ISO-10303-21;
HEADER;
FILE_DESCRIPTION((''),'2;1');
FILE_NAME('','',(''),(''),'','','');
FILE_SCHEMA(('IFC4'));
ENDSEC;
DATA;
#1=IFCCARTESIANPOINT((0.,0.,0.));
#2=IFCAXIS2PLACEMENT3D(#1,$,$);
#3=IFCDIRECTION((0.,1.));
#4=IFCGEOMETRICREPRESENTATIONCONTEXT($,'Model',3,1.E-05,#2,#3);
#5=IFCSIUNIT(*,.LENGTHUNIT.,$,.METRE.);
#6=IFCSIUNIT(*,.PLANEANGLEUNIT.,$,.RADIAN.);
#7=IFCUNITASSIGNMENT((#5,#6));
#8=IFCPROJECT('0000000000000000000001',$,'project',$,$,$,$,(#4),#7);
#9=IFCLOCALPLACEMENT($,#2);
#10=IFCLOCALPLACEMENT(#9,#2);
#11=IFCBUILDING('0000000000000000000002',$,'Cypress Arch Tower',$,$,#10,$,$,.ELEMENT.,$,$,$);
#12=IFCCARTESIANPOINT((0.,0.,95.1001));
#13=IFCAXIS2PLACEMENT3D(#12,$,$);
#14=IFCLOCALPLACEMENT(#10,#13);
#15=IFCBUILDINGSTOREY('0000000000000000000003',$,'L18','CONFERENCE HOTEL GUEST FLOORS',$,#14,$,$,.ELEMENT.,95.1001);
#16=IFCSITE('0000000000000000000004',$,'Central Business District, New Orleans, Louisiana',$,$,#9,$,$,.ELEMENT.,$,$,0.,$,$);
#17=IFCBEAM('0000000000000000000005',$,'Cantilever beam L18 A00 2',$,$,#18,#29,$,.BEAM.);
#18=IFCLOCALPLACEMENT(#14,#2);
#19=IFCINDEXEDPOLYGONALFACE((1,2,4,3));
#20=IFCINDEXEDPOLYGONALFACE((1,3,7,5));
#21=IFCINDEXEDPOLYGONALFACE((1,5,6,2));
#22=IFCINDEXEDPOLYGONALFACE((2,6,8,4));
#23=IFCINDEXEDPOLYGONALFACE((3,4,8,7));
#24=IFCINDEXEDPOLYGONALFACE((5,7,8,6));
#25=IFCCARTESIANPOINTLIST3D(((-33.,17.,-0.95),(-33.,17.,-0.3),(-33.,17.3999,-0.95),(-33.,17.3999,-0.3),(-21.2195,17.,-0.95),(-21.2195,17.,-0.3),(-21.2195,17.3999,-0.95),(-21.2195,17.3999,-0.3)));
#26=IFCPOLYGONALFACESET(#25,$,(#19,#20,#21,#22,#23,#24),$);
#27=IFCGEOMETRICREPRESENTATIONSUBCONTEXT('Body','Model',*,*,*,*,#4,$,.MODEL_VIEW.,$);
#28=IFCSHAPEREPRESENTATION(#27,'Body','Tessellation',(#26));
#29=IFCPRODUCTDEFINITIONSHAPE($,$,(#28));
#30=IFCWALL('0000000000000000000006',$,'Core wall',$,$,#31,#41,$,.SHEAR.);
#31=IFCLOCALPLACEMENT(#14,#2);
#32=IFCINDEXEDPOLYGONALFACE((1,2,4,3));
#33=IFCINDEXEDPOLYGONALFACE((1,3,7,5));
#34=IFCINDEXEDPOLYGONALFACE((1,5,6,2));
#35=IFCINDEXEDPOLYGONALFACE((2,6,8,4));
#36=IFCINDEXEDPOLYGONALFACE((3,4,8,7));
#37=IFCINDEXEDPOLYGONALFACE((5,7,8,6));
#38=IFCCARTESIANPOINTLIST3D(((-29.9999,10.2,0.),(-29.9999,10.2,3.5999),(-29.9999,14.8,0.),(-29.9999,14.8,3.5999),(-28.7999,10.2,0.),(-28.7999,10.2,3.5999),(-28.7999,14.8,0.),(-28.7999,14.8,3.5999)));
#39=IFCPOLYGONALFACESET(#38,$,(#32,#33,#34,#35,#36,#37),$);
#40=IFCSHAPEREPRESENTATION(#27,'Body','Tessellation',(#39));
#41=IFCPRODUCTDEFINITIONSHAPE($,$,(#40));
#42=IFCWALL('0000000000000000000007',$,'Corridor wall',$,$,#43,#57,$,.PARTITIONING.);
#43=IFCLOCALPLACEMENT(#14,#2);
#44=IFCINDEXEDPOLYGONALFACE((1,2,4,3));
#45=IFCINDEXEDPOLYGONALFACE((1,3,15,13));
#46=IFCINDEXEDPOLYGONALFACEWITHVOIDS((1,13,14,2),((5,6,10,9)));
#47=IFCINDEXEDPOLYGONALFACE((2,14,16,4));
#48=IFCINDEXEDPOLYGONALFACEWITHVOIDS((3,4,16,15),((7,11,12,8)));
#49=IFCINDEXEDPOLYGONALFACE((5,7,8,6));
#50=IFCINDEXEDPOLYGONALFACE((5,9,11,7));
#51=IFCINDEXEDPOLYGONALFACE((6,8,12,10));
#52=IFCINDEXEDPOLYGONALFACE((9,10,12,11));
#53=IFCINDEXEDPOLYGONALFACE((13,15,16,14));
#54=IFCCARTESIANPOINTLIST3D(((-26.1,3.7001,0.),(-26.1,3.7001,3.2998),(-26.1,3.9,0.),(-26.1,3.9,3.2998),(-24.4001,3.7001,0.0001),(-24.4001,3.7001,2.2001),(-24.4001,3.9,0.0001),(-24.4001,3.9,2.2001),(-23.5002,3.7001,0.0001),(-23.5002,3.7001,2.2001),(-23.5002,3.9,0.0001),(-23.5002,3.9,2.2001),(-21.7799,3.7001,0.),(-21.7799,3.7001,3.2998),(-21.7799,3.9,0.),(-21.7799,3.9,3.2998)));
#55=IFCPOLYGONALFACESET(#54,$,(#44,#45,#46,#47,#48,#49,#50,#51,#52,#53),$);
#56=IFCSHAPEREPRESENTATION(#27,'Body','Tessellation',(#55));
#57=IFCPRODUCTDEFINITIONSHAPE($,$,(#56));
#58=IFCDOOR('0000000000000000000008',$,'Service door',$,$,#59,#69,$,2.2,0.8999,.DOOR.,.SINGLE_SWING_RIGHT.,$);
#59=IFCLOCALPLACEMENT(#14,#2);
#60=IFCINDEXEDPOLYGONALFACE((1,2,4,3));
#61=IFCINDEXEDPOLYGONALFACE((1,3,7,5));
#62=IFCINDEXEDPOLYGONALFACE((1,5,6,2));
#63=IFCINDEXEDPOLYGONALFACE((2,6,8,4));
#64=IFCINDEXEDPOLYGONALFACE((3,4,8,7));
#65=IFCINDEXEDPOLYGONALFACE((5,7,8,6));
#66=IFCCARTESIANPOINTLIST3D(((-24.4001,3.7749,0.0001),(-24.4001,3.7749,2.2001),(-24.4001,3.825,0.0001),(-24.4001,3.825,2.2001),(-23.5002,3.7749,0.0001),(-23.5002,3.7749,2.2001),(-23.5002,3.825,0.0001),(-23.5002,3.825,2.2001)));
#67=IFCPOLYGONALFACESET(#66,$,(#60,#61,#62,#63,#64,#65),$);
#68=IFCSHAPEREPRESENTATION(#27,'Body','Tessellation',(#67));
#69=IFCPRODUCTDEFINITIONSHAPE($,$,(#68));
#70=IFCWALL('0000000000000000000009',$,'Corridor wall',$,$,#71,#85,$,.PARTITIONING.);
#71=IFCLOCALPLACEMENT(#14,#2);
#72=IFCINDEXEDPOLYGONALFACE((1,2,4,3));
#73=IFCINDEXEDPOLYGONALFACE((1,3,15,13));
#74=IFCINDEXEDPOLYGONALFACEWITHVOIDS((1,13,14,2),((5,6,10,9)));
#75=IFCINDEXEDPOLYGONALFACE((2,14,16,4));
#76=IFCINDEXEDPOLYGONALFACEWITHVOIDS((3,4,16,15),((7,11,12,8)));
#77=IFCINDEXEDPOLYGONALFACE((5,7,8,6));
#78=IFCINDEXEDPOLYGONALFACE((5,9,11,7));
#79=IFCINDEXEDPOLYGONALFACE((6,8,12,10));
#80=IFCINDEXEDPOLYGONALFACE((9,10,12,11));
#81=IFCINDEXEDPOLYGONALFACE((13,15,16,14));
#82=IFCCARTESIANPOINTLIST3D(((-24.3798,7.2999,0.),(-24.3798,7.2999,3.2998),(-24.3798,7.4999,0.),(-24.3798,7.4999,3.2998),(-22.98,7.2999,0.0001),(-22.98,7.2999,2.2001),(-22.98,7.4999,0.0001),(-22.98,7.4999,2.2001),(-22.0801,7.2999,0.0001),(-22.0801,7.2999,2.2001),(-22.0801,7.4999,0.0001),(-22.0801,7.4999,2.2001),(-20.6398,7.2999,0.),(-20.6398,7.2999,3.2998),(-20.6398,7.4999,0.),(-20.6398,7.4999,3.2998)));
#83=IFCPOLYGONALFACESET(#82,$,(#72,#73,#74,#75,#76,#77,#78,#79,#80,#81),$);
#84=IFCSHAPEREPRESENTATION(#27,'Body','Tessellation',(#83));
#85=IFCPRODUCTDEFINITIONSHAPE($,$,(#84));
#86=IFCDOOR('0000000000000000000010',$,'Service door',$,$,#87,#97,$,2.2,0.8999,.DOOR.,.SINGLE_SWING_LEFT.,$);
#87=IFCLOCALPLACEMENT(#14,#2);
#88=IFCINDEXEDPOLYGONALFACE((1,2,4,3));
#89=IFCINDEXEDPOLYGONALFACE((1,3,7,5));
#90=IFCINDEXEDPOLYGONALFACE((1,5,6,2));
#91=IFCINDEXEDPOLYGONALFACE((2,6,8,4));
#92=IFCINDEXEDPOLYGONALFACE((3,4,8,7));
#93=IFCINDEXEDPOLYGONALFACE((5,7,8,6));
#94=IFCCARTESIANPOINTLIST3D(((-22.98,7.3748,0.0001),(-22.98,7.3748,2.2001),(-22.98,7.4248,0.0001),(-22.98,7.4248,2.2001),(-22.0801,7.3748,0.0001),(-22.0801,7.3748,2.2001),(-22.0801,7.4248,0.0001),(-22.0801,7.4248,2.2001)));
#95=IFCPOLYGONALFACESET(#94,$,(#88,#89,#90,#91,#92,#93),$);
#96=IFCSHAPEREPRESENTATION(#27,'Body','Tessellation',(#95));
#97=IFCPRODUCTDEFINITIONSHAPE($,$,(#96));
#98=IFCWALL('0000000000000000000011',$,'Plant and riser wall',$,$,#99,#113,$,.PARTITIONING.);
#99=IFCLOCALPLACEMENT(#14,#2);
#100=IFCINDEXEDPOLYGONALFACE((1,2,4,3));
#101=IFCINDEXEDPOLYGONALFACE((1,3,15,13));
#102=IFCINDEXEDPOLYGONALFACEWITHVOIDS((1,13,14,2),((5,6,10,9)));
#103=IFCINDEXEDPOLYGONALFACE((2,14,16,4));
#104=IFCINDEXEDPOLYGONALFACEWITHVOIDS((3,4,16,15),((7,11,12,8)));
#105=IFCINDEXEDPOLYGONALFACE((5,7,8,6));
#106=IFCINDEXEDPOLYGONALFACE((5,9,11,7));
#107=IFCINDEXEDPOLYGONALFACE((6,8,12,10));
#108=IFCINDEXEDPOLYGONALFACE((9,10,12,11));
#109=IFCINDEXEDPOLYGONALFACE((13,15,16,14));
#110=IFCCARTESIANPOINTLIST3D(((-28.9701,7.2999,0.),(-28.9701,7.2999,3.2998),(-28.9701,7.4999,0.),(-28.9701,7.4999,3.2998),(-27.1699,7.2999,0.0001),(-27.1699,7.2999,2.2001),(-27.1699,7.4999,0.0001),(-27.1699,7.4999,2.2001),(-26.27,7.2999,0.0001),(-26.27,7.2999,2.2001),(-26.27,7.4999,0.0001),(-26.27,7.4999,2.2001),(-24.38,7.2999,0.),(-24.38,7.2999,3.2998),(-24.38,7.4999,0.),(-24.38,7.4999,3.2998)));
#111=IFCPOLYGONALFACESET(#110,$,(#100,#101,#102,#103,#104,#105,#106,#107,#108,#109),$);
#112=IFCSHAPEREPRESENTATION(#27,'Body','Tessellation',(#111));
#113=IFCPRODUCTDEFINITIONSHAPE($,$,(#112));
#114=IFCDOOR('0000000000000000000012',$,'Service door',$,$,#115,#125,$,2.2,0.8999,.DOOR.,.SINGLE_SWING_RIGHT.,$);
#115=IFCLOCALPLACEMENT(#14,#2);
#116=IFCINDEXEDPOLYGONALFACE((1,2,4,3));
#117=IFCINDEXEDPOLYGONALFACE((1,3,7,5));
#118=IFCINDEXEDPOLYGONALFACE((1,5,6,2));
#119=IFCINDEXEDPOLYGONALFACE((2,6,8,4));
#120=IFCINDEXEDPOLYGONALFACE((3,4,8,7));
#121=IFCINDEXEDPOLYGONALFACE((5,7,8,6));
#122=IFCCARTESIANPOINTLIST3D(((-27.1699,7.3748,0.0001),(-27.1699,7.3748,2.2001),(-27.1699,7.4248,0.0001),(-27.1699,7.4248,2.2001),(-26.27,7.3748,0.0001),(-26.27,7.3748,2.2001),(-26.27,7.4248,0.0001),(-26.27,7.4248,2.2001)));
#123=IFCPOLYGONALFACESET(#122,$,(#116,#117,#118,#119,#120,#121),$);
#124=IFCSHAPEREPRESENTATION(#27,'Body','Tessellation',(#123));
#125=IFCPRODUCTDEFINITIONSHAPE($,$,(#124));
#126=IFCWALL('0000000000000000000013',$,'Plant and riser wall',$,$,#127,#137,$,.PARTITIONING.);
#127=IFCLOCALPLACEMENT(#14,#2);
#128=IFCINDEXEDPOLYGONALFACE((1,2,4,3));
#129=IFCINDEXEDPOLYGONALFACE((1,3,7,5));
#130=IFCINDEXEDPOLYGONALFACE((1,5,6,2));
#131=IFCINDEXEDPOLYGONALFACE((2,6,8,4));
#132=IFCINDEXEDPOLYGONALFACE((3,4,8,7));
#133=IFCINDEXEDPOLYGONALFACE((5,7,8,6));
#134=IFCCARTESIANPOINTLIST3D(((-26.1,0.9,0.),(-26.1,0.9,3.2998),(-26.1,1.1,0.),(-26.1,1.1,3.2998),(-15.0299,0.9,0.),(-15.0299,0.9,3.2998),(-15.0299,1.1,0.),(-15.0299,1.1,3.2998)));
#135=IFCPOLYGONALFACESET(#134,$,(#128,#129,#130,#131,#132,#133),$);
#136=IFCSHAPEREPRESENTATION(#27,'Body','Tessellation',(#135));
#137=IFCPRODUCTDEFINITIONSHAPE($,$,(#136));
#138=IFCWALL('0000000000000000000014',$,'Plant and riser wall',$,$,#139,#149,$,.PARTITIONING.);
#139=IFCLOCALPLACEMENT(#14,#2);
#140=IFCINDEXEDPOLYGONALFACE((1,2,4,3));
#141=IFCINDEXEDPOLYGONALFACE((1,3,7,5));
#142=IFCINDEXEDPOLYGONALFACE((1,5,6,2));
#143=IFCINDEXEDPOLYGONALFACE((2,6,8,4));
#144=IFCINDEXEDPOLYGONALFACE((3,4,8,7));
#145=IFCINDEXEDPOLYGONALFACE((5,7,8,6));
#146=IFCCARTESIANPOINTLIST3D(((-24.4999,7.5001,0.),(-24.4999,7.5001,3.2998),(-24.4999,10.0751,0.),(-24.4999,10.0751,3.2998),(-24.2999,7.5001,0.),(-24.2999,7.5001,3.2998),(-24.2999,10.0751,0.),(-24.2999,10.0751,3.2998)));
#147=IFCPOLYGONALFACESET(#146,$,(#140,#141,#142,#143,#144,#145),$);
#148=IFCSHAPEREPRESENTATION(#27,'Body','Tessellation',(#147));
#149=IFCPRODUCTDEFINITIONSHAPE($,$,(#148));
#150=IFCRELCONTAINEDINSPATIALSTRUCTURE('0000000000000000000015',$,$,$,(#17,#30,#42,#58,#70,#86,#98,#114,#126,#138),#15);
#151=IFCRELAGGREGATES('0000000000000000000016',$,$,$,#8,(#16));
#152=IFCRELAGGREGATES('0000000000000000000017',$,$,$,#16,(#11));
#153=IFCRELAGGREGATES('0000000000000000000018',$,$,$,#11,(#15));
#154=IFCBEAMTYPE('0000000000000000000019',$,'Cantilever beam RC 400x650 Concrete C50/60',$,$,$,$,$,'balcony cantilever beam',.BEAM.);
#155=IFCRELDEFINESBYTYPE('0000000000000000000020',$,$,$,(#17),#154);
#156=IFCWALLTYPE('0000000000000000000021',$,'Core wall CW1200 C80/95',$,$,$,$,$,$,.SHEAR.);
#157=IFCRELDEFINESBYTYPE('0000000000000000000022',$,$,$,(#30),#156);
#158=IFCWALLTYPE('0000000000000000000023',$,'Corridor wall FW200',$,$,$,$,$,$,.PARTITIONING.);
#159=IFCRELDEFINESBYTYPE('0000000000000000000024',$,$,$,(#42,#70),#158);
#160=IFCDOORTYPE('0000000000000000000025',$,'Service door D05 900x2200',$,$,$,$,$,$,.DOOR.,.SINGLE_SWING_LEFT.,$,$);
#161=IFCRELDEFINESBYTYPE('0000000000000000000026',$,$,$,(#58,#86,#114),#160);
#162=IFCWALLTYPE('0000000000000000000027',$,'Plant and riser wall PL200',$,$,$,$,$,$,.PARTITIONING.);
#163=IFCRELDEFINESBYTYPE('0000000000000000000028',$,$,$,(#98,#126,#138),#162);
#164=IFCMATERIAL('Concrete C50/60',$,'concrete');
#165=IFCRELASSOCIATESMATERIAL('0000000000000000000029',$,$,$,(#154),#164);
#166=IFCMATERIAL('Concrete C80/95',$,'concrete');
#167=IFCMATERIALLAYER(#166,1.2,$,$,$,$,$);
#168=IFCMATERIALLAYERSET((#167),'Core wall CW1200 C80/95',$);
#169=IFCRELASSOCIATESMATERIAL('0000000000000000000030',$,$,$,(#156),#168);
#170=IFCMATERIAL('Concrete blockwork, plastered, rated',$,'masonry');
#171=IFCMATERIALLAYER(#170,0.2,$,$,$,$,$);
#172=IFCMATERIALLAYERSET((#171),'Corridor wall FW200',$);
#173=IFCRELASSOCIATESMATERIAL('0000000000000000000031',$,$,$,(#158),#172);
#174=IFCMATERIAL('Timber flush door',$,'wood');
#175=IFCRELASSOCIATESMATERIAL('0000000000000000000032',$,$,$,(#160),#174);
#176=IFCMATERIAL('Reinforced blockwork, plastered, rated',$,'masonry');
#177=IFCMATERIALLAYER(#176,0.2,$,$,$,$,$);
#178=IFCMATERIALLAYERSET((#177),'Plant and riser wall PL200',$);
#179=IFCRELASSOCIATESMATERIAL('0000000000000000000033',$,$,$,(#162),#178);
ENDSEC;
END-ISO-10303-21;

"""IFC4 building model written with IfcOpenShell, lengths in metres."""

from ifc_helpers import new_model, si_unit, direction, frame, frame_2d, origin, origin_2d, place, context, subcontext, project, spatial, rectangle, extrude, material, layer, layer_set, material_profile, profile_set, type_object, element, fill, save


model = new_model("IFC4")

# Units and contexts
model_context = context("Model", 3, precision=1e-05, world=origin(), true_north=direction((0.0, 1.0)))
body_context = subcontext(model_context, "Body", "Model", "MODEL_VIEW")
ifc_project = project(units=[si_unit("LENGTHUNIT", "METRE"), si_unit("PLANEANGLEUNIT", "RADIAN")], contexts=[model_context])

# Site, building, storey
site_placement = place(None, origin())
site = spatial("IfcSite", under=ifc_project, at=site_placement, Name="Central Business District, New Orleans, Louisiana", CompositionType="ELEMENT", RefElevation=0.0)
building_placement = place(site_placement, origin())
building = spatial("IfcBuilding", under=site, at=building_placement, Name="Cypress Arch Tower", CompositionType="ELEMENT")
storey_placement = place(building_placement, frame((0.0, 0.0, 95.1001)))
storey = spatial("IfcBuildingStorey", under=building, at=storey_placement, Name="L18", Description="CONFERENCE HOTEL GUEST FLOORS", CompositionType="ELEMENT", Elevation=95.1001)

# Beam
ifc_material_1 = material(Name="Concrete C50/60", Category="concrete")
ifc_material_profile = material_profile(ifc_material_1, rectangle(XDim=0.3999, YDim=0.6499, at=origin_2d()), Name="RC 400x650")
ifc_profile_set = profile_set([ifc_material_profile], Name="Concrete C50/60")
beam_type = type_object("IfcBeamType", Name="Cantilever beam RC 400x650 Concrete C50/60", ElementType="balcony cantilever beam", PredefinedType="BEAM", material=ifc_profile_set)
beam_placement = place(storey_placement, frame((-21.2195, 17.2, -0.625), z_axis=(-1.0, 0.0, 0.0), x_axis=(0.0, -1.0, 0.0)))
element("IfcBeam", 1, at=beam_placement, inside=storey, type_object=beam_type, Name="Cantilever beam L18 A00 2", PredefinedType="BEAM", context=body_context, shape_type="SweptSolid", body=[
    extrude(rectangle(XDim=0.3999, YDim=0.6499, at=origin_2d()), origin(), (0.0, 0.0, 1.0), 11.7805),
])

# Shared definitions
ifc_material_2 = material(Name="Concrete C80/95", Category="concrete")
ifc_layer_1 = layer(ifc_material_2, 1.2)
ifc_layer_set_1 = layer_set([ifc_layer_1], Name="Core wall CW1200 C80/95")
wall_type_1 = type_object("IfcWallType", Name="Core wall CW1200 C80/95", PredefinedType="SHEAR", material=ifc_layer_set_1)

# Wall
wall_1_placement = place(storey_placement, frame((-29.3999, 10.2, 0.0), z_axis=(0.0, 0.0, 1.0), x_axis=(0.0, 1.0, 0.0)))
element("IfcWall", 2, at=wall_1_placement, inside=storey, type_object=wall_type_1, Name="Core wall", PredefinedType="SHEAR", context=body_context, shape_type="SweptSolid", body=[
    extrude(rectangle(XDim=4.6001, YDim=1.2, at=frame_2d((2.3, 0.0))), origin(), (0.0, 0.0, 1.0), 3.5999),
])

# Walls, openings, doors
ifc_material_3 = material(Name="Concrete blockwork, plastered, rated", Category="masonry")
ifc_layer_2 = layer(ifc_material_3, 0.2)
ifc_layer_set_2 = layer_set([ifc_layer_2], Name="Corridor wall FW200")
wall_type_2 = type_object("IfcWallType", Name="Corridor wall FW200", PredefinedType="PARTITIONING", material=ifc_layer_set_2)
wall_2_placement = place(storey_placement, frame((-26.1001, 3.8, 0.0), z_axis=(0.0, 0.0, 1.0), x_axis=(1.0, 0.0, 0.0)))
wall_2 = element("IfcWall", 3, at=wall_2_placement, inside=storey, type_object=wall_type_2, Name="Corridor wall", PredefinedType="PARTITIONING", context=body_context, shape_type="SweptSolid", body=[
    extrude(rectangle(XDim=4.3201, YDim=0.2, at=frame_2d((2.1602, 0.0))), origin(), (0.0, 0.0, 1.0), 3.2998),
])
opening_1_placement = place(wall_2_placement, frame((1.7, 0.0, 0.0)))
opening_1 = element("IfcOpeningElement", 4, at=opening_1_placement, cuts=wall_2, PredefinedType="OPENING", context=body_context, shape_type="SweptSolid", body=[
    extrude(rectangle(XDim=0.8999, YDim=2.2, at=frame_2d((0.45, 1.1001))), frame((0.0, 0.1099, 0.0), z_axis=(0.0, -1.0, 0.0), x_axis=(1.0, 0.0, 0.0)), (0.0, 0.0, 1.0), 0.22),
])
ifc_material_4 = material(Name="Timber flush door", Category="wood")
door_type_1 = type_object("IfcDoorType", Name="Service door D05 900x2200", OperationType="SINGLE_SWING_LEFT", PredefinedType="DOOR", material=ifc_material_4)
door_1_placement = place(opening_1_placement, origin())
door_1 = element("IfcDoor", 5, at=door_1_placement, inside=storey, type_object=door_type_1, Name="Service door", OperationType="SINGLE_SWING_RIGHT", OverallHeight=2.2, OverallWidth=0.8999, PredefinedType="DOOR", context=body_context, shape_type="SweptSolid", body=[
    extrude(rectangle(XDim=0.8999, YDim=2.2, at=frame_2d((0.45, 1.1001))), frame((0.0, 0.0249, 0.0), z_axis=(0.0, -1.0, 0.0), x_axis=(1.0, 0.0, 0.0)), (0.0, 0.0, 1.0), 0.05),
])
fill(opening_1, door_1)
wall_3_placement = place(storey_placement, frame((-24.3799, 7.3999, 0.0), z_axis=(0.0, 0.0, 1.0), x_axis=(1.0, 0.0, 0.0)))
wall_3 = element("IfcWall", 6, at=wall_3_placement, inside=storey, type_object=wall_type_2, Name="Corridor wall", PredefinedType="PARTITIONING", context=body_context, shape_type="SweptSolid", body=[
    extrude(rectangle(XDim=3.74, YDim=0.2, at=frame_2d((1.8701, 0.0))), origin(), (0.0, 0.0, 1.0), 3.2998),
])
opening_2_placement = place(wall_3_placement, frame((1.3999, 0.0, 0.0)))
opening_2 = element("IfcOpeningElement", 7, at=opening_2_placement, cuts=wall_3, PredefinedType="OPENING", context=body_context, shape_type="SweptSolid", body=[
    extrude(rectangle(XDim=0.8999, YDim=2.2, at=frame_2d((0.45, 1.1001))), frame((0.0, 0.1099, 0.0), z_axis=(0.0, -1.0, 0.0), x_axis=(1.0, 0.0, 0.0)), (0.0, 0.0, 1.0), 0.22),
])
door_2_placement = place(opening_2_placement, origin())
door_2 = element("IfcDoor", 8, at=door_2_placement, inside=storey, type_object=door_type_1, Name="Service door", OperationType="SINGLE_SWING_LEFT", OverallHeight=2.2, OverallWidth=0.8999, PredefinedType="DOOR", context=body_context, shape_type="SweptSolid", body=[
    extrude(rectangle(XDim=0.8999, YDim=2.2, at=frame_2d((0.45, 1.1001))), frame((0.0, 0.0249, 0.0), z_axis=(0.0, -1.0, 0.0), x_axis=(1.0, 0.0, 0.0)), (0.0, 0.0, 1.0), 0.05),
])
fill(opening_2, door_2)
ifc_material_5 = material(Name="Reinforced blockwork, plastered, rated", Category="masonry")
ifc_layer_3 = layer(ifc_material_5, 0.2)
ifc_layer_set_3 = layer_set([ifc_layer_3], Name="Plant and riser wall PL200")
wall_type_3 = type_object("IfcWallType", Name="Plant and riser wall PL200", PredefinedType="PARTITIONING", material=ifc_layer_set_3)
wall_4_placement = place(storey_placement, frame((-28.97, 7.3999, 0.0), z_axis=(0.0, 0.0, 1.0), x_axis=(1.0, 0.0, 0.0)))
wall_4 = element("IfcWall", 9, at=wall_4_placement, inside=storey, type_object=wall_type_3, Name="Plant and riser wall", PredefinedType="PARTITIONING", context=body_context, shape_type="SweptSolid", body=[
    extrude(rectangle(XDim=4.5901, YDim=0.2, at=frame_2d((2.2949, 0.0))), origin(), (0.0, 0.0, 1.0), 3.2998),
])
opening_3_placement = place(wall_4_placement, frame((1.8, 0.0, 0.0)))
opening_3 = element("IfcOpeningElement", 10, at=opening_3_placement, cuts=wall_4, PredefinedType="OPENING", context=body_context, shape_type="SweptSolid", body=[
    extrude(rectangle(XDim=0.8999, YDim=2.2, at=frame_2d((0.45, 1.1001))), frame((0.0, 0.1099, 0.0), z_axis=(0.0, -1.0, 0.0), x_axis=(1.0, 0.0, 0.0)), (0.0, 0.0, 1.0), 0.22),
])
door_3_placement = place(opening_3_placement, origin())
door_3 = element("IfcDoor", 11, at=door_3_placement, inside=storey, type_object=door_type_1, Name="Service door", OperationType="SINGLE_SWING_RIGHT", OverallHeight=2.2, OverallWidth=0.8999, PredefinedType="DOOR", context=body_context, shape_type="SweptSolid", body=[
    extrude(rectangle(XDim=0.8999, YDim=2.2, at=frame_2d((0.45, 1.1001))), frame((0.0, 0.0249, 0.0), z_axis=(0.0, -1.0, 0.0), x_axis=(1.0, 0.0, 0.0)), (0.0, 0.0, 1.0), 0.05),
])
fill(opening_3, door_3)

# Walls
wall_5_placement = place(storey_placement, frame((-26.1001, 1.0, 0.0), z_axis=(0.0, 0.0, 1.0), x_axis=(1.0, 0.0, 0.0)))
element("IfcWall", 12, at=wall_5_placement, inside=storey, type_object=wall_type_3, Name="Plant and riser wall", PredefinedType="PARTITIONING", context=body_context, shape_type="SweptSolid", body=[
    extrude(rectangle(XDim=11.0701, YDim=0.2, at=frame_2d((5.5352, 0.0))), origin(), (0.0, 0.0, 1.0), 3.2998),
])
wall_6_placement = place(storey_placement, frame((-24.3999, 7.5, 0.0), z_axis=(0.0, 0.0, 1.0), x_axis=(0.0, 1.0, 0.0)))
element("IfcWall", 13, at=wall_6_placement, inside=storey, type_object=wall_type_3, Name="Plant and riser wall", PredefinedType="PARTITIONING", context=body_context, shape_type="SweptSolid", body=[
    extrude(rectangle(XDim=2.575, YDim=0.2, at=frame_2d((1.2876, 0.0))), origin(), (0.0, 0.0, 1.0), 3.2998),
])

save(model, "model.ifc")
